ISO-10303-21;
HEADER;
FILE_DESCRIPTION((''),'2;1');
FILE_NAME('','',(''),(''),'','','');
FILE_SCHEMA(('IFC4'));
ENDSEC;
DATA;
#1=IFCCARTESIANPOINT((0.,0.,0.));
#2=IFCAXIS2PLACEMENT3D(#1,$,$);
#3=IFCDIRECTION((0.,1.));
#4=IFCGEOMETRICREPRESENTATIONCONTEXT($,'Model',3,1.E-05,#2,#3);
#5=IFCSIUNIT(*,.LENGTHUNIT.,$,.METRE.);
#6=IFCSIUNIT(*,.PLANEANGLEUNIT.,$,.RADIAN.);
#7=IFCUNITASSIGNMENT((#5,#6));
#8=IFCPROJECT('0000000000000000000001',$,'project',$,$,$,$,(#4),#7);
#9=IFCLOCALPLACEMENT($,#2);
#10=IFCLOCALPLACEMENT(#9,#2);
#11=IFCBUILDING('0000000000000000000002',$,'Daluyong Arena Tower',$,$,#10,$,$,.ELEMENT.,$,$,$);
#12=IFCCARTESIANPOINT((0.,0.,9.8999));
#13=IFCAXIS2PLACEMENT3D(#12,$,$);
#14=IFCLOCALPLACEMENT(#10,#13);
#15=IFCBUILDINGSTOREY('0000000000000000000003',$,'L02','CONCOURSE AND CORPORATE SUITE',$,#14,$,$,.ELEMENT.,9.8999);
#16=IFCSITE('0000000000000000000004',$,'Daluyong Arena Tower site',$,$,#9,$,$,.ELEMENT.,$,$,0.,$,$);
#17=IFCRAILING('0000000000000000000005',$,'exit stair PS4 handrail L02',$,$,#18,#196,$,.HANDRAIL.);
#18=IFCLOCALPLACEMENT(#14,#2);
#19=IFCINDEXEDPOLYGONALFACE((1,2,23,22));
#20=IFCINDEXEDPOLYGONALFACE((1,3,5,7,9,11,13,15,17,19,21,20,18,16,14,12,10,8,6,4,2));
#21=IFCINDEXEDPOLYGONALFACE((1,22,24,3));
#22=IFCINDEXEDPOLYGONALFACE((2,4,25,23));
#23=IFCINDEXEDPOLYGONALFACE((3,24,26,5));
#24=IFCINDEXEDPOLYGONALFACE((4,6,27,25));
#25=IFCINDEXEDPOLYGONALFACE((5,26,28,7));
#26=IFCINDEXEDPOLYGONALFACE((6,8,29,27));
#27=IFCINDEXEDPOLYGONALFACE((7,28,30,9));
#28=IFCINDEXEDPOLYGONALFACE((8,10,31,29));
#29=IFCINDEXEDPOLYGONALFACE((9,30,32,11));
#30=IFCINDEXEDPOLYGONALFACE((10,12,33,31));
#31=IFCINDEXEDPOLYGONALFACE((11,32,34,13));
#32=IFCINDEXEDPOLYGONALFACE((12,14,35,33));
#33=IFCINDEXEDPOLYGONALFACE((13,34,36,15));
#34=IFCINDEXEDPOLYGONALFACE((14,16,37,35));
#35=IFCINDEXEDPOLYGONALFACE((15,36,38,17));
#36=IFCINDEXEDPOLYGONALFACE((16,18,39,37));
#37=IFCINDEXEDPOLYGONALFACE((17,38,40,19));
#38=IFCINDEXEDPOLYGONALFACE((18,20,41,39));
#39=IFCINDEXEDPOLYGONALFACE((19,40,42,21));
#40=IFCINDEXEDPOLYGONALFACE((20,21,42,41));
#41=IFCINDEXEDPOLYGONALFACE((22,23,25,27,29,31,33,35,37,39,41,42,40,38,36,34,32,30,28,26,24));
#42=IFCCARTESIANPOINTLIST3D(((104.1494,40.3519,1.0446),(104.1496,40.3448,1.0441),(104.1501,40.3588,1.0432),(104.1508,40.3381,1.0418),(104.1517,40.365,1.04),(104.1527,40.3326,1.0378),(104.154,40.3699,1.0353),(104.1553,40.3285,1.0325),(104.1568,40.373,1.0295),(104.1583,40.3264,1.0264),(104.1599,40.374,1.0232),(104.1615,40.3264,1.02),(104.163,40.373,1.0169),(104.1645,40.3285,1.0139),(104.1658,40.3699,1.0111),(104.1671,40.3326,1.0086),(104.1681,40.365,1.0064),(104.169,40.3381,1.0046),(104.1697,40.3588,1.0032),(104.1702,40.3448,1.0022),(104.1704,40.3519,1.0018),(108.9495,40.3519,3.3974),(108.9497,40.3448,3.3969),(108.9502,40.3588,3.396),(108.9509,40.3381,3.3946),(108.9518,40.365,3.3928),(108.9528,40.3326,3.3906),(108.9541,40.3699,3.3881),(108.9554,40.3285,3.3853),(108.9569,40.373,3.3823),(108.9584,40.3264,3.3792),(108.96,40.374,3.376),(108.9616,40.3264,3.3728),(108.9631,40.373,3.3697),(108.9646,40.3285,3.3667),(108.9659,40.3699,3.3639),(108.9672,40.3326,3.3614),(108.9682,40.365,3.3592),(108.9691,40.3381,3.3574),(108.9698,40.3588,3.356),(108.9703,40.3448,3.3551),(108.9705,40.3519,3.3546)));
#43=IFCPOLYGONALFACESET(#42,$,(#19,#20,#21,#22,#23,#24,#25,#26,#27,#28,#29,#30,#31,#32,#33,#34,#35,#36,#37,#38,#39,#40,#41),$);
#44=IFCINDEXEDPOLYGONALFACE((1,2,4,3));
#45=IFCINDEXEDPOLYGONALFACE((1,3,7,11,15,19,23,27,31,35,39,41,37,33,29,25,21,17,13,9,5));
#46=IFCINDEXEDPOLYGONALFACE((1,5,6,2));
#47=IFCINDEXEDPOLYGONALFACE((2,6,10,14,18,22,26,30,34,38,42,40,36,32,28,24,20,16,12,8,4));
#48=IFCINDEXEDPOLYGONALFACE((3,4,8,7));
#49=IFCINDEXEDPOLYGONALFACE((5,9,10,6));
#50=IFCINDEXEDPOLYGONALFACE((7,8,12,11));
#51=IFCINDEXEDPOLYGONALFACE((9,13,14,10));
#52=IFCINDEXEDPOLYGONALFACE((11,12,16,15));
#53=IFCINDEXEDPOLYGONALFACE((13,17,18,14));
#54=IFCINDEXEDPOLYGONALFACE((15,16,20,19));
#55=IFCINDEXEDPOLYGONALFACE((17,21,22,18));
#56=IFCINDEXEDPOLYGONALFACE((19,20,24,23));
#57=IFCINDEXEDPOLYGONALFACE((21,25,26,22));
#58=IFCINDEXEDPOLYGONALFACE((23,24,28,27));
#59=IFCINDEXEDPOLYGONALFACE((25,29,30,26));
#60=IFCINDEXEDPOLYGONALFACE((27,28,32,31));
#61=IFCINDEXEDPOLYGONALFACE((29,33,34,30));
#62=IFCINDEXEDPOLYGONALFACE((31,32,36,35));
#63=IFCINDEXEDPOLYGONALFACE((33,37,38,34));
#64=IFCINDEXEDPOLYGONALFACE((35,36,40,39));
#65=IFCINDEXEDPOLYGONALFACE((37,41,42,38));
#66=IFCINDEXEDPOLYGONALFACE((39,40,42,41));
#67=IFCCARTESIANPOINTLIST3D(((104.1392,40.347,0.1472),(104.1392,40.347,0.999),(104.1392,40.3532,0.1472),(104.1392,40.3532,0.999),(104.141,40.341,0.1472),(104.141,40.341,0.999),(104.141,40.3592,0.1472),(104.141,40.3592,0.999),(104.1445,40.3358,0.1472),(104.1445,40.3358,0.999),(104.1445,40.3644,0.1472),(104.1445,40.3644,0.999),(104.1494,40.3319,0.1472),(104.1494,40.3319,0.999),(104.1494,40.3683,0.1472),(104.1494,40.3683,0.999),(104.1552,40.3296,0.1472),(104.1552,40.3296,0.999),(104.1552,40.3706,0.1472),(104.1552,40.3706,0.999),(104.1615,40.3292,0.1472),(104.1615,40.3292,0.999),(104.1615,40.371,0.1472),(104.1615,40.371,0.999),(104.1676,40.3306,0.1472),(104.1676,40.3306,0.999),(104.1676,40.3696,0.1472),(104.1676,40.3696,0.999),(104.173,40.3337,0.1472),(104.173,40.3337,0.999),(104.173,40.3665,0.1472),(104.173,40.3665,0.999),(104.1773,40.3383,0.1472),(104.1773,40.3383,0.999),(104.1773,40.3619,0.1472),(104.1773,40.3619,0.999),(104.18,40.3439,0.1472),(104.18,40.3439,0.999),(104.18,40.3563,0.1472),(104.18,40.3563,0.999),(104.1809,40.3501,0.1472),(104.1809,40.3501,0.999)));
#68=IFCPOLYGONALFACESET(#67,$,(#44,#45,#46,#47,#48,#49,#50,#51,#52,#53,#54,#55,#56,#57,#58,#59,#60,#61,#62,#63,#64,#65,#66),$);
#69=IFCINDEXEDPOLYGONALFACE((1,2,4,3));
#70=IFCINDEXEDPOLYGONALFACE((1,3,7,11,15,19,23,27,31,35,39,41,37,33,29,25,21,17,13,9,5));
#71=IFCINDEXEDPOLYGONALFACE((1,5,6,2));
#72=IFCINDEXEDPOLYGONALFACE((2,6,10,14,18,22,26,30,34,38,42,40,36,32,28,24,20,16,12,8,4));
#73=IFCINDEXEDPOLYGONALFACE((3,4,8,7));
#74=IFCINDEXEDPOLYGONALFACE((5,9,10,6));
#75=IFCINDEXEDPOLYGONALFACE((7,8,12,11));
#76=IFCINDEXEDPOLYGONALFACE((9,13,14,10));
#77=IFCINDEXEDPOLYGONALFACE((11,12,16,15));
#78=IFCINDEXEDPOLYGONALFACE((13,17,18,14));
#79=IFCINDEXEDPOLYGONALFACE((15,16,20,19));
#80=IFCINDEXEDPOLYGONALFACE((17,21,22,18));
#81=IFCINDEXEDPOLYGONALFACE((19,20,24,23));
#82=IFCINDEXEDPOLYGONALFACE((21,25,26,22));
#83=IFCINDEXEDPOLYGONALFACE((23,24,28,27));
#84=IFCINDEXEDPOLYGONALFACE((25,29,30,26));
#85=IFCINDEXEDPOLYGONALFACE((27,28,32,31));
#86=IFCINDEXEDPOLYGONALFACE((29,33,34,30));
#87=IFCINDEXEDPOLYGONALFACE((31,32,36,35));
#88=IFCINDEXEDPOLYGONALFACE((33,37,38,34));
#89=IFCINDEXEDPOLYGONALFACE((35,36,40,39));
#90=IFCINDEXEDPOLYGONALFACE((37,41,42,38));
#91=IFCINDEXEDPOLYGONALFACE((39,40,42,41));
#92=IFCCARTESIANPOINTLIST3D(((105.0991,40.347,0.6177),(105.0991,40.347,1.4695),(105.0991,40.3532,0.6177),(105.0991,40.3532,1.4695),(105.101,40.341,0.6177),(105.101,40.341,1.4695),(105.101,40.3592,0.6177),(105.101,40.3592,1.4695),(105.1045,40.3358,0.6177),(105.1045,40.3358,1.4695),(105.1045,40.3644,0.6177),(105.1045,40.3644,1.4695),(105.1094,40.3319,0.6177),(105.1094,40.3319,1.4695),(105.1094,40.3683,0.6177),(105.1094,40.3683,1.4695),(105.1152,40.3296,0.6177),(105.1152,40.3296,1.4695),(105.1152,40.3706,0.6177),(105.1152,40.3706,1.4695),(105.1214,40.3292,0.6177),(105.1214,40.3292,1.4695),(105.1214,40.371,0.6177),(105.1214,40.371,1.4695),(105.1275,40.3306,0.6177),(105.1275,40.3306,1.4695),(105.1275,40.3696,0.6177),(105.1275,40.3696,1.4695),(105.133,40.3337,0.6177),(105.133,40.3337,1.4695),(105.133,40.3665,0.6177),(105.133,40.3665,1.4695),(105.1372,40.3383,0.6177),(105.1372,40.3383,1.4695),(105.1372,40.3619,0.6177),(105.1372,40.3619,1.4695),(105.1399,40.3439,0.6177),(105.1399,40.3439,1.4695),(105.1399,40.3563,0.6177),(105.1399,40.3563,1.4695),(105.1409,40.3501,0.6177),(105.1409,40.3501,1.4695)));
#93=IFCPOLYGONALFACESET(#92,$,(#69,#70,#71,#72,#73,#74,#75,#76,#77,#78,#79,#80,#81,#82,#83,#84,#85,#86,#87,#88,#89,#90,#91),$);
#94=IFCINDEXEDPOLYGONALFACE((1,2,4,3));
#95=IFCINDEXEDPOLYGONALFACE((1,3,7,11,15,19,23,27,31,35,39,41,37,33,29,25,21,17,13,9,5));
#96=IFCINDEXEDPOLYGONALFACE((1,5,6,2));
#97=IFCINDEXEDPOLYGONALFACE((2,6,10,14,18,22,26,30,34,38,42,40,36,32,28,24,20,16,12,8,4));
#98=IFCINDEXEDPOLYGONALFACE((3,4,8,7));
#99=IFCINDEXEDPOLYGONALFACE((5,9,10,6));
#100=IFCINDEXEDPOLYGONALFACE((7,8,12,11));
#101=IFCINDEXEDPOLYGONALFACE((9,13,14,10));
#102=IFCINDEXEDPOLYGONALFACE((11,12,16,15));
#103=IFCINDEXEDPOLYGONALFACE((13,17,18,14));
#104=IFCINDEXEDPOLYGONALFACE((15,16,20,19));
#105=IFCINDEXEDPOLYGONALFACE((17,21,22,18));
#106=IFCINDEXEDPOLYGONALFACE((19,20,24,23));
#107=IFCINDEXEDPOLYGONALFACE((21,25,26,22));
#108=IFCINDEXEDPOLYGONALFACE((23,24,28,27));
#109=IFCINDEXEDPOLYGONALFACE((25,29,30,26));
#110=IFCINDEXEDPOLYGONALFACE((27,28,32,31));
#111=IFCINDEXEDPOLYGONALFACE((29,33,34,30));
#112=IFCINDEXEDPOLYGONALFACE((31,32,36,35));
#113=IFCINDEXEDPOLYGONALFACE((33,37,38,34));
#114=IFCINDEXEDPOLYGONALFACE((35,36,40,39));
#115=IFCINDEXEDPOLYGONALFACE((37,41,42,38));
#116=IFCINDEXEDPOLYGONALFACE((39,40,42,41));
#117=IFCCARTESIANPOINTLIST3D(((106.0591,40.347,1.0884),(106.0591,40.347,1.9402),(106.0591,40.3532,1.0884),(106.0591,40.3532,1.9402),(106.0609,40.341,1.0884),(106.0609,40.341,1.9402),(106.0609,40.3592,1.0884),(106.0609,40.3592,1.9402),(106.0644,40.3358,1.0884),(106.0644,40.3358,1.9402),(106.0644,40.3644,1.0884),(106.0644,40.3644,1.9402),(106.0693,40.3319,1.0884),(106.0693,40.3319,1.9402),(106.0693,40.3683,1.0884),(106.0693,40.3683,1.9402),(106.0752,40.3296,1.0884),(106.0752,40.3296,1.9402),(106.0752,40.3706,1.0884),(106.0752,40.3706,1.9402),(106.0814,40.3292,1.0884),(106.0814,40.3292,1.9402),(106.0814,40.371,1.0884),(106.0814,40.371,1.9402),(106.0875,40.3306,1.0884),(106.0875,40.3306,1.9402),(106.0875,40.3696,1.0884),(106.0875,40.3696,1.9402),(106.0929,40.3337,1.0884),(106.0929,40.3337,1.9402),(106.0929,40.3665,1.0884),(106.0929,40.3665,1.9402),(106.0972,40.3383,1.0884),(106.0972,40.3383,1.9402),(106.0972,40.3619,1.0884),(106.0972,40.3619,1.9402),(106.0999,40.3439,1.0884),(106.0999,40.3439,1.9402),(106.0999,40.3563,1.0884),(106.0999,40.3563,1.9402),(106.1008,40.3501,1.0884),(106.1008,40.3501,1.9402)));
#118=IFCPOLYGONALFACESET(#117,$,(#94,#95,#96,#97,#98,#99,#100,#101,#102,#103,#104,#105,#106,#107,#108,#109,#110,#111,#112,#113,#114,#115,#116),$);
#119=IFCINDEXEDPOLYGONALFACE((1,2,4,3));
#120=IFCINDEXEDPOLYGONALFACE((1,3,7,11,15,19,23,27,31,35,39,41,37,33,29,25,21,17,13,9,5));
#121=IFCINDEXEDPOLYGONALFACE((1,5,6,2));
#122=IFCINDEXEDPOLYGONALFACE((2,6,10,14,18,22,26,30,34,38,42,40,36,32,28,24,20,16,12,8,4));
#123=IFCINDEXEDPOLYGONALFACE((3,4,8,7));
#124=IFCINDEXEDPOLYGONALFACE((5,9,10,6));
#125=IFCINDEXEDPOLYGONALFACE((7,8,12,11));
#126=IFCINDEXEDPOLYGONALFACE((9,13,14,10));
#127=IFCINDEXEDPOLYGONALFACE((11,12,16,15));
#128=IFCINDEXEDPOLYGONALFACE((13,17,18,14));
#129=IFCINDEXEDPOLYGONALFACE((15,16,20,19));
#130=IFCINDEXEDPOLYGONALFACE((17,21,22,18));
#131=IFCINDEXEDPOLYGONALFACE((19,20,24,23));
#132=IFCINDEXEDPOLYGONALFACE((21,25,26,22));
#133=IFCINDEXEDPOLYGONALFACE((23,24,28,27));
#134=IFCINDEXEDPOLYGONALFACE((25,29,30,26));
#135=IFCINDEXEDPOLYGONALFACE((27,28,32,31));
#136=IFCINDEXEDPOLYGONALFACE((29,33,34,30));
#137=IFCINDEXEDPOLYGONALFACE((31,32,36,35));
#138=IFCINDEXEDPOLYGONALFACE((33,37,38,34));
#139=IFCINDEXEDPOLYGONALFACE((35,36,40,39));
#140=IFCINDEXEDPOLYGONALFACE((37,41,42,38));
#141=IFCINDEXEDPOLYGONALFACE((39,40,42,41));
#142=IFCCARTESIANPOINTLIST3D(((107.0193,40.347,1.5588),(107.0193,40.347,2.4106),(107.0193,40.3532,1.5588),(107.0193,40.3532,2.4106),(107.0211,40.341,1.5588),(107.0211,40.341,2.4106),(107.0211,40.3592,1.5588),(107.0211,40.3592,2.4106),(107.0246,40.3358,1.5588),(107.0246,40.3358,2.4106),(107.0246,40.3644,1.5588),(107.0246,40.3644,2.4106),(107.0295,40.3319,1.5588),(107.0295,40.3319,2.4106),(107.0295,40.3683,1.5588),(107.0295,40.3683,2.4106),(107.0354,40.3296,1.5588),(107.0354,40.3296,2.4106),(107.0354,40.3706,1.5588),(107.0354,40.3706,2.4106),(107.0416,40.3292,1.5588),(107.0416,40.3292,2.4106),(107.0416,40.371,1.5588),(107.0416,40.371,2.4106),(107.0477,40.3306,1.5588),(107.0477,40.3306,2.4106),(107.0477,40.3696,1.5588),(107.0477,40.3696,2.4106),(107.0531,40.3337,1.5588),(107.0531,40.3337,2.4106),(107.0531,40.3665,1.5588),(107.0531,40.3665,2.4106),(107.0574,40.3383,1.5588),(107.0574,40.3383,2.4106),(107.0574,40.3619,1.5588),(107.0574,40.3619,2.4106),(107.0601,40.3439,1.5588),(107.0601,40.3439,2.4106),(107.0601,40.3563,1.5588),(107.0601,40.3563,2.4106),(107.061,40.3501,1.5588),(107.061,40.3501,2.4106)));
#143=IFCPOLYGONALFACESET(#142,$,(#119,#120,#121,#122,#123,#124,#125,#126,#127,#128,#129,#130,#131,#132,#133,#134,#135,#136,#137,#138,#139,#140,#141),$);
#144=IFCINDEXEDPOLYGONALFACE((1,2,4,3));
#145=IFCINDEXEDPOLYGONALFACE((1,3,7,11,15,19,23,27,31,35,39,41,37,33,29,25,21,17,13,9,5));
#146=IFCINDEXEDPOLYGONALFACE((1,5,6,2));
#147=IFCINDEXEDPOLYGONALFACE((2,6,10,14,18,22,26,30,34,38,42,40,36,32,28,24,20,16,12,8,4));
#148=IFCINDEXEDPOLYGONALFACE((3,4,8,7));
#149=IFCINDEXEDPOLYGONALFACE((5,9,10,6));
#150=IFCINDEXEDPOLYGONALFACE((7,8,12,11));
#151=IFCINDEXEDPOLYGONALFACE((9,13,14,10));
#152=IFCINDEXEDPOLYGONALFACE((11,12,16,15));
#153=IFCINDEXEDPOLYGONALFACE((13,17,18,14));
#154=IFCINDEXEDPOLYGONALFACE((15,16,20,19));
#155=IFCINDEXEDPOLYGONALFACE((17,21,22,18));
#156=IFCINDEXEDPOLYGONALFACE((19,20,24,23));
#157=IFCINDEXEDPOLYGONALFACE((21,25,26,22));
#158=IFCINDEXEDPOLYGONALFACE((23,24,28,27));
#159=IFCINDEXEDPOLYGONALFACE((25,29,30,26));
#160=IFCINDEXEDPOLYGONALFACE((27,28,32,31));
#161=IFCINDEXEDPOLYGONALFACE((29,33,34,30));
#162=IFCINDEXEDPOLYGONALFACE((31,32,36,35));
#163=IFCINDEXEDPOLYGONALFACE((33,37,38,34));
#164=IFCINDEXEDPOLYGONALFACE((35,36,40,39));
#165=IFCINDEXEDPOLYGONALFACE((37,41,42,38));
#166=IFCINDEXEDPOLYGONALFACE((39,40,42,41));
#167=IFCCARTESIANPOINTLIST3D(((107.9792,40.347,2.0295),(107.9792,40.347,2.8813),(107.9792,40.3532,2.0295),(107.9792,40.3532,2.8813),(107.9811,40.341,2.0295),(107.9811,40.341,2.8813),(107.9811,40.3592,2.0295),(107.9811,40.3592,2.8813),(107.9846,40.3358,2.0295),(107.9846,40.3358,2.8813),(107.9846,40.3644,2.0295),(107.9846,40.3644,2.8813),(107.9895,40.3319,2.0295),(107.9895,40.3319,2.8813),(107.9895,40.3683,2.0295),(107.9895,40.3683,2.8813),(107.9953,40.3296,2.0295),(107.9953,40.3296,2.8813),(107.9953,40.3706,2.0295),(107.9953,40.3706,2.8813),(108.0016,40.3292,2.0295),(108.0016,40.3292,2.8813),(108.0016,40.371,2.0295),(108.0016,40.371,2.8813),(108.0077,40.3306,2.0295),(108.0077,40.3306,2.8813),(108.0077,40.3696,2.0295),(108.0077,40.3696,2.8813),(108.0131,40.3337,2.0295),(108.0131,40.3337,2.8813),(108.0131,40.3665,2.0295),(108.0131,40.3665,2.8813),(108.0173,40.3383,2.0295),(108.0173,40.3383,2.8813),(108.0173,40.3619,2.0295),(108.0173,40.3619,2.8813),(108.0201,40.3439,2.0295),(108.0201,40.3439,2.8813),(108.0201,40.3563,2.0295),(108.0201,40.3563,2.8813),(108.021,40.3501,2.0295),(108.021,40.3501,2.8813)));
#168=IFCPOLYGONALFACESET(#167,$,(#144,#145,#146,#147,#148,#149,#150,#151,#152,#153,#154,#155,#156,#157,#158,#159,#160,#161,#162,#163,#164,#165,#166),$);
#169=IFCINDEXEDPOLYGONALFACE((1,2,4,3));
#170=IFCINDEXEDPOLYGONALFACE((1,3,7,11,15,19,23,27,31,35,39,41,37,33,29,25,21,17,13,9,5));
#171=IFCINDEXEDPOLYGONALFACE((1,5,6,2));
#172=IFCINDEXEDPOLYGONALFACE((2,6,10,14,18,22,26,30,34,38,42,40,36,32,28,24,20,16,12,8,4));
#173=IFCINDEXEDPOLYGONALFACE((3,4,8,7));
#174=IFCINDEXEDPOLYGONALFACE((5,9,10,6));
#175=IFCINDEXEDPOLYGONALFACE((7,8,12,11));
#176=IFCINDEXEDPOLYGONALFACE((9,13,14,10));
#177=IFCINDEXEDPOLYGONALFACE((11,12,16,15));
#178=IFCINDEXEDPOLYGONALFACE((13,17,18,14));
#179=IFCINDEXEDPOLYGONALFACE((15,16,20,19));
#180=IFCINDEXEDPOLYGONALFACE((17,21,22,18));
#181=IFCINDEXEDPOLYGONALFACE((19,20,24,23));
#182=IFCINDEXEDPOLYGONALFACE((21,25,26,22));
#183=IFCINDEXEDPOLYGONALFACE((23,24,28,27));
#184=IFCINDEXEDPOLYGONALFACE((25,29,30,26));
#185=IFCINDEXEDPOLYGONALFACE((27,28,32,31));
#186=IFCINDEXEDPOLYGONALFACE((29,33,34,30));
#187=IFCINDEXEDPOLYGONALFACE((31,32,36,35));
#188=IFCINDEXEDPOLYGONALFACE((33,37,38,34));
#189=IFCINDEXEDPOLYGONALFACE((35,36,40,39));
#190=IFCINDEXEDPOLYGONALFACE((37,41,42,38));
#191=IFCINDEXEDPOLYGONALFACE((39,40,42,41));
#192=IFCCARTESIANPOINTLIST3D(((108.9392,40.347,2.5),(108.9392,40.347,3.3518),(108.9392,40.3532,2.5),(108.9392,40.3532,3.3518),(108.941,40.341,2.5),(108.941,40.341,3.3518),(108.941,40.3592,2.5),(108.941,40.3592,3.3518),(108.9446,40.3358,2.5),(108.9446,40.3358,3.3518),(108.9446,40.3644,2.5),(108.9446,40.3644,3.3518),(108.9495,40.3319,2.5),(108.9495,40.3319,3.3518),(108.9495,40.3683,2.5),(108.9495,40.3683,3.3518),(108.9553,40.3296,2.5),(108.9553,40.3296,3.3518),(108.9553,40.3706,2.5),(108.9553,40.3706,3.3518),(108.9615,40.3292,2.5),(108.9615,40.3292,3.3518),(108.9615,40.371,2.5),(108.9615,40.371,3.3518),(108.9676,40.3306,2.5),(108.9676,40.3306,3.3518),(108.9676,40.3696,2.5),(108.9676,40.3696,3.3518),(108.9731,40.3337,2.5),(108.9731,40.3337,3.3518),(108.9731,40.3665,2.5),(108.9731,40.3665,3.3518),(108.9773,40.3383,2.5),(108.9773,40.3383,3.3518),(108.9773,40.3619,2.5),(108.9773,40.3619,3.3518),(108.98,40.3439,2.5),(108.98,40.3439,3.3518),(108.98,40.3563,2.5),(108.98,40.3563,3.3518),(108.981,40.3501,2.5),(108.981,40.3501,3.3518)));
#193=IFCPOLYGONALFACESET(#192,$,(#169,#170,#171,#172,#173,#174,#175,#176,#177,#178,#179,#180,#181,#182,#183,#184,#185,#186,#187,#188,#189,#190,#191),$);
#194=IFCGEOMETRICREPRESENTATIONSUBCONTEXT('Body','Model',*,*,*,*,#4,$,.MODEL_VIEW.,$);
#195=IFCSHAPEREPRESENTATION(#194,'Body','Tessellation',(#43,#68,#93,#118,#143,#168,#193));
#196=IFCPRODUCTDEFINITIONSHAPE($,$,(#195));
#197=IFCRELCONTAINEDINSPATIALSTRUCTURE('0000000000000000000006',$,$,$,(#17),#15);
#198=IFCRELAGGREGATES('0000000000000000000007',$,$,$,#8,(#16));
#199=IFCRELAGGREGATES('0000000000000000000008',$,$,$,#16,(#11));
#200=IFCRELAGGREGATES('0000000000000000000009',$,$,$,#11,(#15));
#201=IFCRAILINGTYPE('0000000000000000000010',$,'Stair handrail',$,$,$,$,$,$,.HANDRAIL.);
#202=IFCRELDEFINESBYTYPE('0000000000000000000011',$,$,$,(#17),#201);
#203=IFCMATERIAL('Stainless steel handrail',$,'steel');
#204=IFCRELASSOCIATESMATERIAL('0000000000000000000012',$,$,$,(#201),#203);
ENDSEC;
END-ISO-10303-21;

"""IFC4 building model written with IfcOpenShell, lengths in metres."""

from ifc_helpers import new_model, si_unit, direction, frame, origin, origin_2d, place, context, subcontext, project, spatial, circle, extrude, material, type_object, element, save


model = new_model("IFC4")

# Units and contexts
model_context = context("Model", 3, precision=1e-05, world=origin(), true_north=direction((0.0, 1.0)))
body_context = subcontext(model_context, "Body", "Model", "MODEL_VIEW")
ifc_project = project(units=[si_unit("LENGTHUNIT", "METRE"), si_unit("PLANEANGLEUNIT", "RADIAN")], contexts=[model_context])

# Site, building, storey
site_placement = place(None, origin())
site = spatial("IfcSite", under=ifc_project, at=site_placement, Name="Daluyong Arena Tower site", CompositionType="ELEMENT", RefElevation=0.0)
building_placement = place(site_placement, origin())
building = spatial("IfcBuilding", under=site, at=building_placement, Name="Daluyong Arena Tower", CompositionType="ELEMENT")
storey_placement = place(building_placement, frame((0.0, 0.0, 9.8999)))
storey = spatial("IfcBuildingStorey", under=building, at=storey_placement, Name="L02", Description="CONCOURSE AND CORPORATE SUITE", CompositionType="ELEMENT", Elevation=9.8999)

# Railing
ifc_material_1 = material(Name="Stainless steel handrail", Category="steel")
railing_type_1 = type_object("IfcRailingType", Name="Stair handrail", PredefinedType="HANDRAIL", material=ifc_material_1)
railing_1_placement = place(storey_placement, frame((104.1599, 40.3501, 0.1472)))
element("IfcRailing", 1, at=railing_1_placement, inside=storey, type_object=railing_type_1, Name="exit stair PS4 handrail L02", PredefinedType="HANDRAIL", context=body_context, shape_type="SweptSolid", body=[
    extrude(circle(Radius=0.0239, at=origin_2d()), frame((0.0, 0.0, 0.876), z_axis=(0.897934, 0.0, 0.44013), x_axis=(0.0, 1.0, 0.0)), (0.0, 0.0, 1.0), 5.3457),
    extrude(circle(Radius=0.021, at=origin_2d()), origin(), (0.0, 0.0, 1.0), 0.8518),
    extrude(circle(Radius=0.021, at=origin_2d()), frame((0.96, 0.0, 0.4705)), (0.0, 0.0, 1.0), 0.8518),
    extrude(circle(Radius=0.021, at=origin_2d()), frame((1.9199, 0.0, 0.9412)), (0.0, 0.0, 1.0), 0.8518),
    extrude(circle(Radius=0.021, at=origin_2d()), frame((2.8801, 0.0, 1.4116)), (0.0, 0.0, 1.0), 0.8518),
    extrude(circle(Radius=0.021, at=origin_2d()), frame((3.8401, 0.0, 1.8823)), (0.0, 0.0, 1.0), 0.8518),
    extrude(circle(Radius=0.021, at=origin_2d()), frame((4.8, 0.0, 2.3528)), (0.0, 0.0, 1.0), 0.8518),
])

save(model, "model.ifc")
